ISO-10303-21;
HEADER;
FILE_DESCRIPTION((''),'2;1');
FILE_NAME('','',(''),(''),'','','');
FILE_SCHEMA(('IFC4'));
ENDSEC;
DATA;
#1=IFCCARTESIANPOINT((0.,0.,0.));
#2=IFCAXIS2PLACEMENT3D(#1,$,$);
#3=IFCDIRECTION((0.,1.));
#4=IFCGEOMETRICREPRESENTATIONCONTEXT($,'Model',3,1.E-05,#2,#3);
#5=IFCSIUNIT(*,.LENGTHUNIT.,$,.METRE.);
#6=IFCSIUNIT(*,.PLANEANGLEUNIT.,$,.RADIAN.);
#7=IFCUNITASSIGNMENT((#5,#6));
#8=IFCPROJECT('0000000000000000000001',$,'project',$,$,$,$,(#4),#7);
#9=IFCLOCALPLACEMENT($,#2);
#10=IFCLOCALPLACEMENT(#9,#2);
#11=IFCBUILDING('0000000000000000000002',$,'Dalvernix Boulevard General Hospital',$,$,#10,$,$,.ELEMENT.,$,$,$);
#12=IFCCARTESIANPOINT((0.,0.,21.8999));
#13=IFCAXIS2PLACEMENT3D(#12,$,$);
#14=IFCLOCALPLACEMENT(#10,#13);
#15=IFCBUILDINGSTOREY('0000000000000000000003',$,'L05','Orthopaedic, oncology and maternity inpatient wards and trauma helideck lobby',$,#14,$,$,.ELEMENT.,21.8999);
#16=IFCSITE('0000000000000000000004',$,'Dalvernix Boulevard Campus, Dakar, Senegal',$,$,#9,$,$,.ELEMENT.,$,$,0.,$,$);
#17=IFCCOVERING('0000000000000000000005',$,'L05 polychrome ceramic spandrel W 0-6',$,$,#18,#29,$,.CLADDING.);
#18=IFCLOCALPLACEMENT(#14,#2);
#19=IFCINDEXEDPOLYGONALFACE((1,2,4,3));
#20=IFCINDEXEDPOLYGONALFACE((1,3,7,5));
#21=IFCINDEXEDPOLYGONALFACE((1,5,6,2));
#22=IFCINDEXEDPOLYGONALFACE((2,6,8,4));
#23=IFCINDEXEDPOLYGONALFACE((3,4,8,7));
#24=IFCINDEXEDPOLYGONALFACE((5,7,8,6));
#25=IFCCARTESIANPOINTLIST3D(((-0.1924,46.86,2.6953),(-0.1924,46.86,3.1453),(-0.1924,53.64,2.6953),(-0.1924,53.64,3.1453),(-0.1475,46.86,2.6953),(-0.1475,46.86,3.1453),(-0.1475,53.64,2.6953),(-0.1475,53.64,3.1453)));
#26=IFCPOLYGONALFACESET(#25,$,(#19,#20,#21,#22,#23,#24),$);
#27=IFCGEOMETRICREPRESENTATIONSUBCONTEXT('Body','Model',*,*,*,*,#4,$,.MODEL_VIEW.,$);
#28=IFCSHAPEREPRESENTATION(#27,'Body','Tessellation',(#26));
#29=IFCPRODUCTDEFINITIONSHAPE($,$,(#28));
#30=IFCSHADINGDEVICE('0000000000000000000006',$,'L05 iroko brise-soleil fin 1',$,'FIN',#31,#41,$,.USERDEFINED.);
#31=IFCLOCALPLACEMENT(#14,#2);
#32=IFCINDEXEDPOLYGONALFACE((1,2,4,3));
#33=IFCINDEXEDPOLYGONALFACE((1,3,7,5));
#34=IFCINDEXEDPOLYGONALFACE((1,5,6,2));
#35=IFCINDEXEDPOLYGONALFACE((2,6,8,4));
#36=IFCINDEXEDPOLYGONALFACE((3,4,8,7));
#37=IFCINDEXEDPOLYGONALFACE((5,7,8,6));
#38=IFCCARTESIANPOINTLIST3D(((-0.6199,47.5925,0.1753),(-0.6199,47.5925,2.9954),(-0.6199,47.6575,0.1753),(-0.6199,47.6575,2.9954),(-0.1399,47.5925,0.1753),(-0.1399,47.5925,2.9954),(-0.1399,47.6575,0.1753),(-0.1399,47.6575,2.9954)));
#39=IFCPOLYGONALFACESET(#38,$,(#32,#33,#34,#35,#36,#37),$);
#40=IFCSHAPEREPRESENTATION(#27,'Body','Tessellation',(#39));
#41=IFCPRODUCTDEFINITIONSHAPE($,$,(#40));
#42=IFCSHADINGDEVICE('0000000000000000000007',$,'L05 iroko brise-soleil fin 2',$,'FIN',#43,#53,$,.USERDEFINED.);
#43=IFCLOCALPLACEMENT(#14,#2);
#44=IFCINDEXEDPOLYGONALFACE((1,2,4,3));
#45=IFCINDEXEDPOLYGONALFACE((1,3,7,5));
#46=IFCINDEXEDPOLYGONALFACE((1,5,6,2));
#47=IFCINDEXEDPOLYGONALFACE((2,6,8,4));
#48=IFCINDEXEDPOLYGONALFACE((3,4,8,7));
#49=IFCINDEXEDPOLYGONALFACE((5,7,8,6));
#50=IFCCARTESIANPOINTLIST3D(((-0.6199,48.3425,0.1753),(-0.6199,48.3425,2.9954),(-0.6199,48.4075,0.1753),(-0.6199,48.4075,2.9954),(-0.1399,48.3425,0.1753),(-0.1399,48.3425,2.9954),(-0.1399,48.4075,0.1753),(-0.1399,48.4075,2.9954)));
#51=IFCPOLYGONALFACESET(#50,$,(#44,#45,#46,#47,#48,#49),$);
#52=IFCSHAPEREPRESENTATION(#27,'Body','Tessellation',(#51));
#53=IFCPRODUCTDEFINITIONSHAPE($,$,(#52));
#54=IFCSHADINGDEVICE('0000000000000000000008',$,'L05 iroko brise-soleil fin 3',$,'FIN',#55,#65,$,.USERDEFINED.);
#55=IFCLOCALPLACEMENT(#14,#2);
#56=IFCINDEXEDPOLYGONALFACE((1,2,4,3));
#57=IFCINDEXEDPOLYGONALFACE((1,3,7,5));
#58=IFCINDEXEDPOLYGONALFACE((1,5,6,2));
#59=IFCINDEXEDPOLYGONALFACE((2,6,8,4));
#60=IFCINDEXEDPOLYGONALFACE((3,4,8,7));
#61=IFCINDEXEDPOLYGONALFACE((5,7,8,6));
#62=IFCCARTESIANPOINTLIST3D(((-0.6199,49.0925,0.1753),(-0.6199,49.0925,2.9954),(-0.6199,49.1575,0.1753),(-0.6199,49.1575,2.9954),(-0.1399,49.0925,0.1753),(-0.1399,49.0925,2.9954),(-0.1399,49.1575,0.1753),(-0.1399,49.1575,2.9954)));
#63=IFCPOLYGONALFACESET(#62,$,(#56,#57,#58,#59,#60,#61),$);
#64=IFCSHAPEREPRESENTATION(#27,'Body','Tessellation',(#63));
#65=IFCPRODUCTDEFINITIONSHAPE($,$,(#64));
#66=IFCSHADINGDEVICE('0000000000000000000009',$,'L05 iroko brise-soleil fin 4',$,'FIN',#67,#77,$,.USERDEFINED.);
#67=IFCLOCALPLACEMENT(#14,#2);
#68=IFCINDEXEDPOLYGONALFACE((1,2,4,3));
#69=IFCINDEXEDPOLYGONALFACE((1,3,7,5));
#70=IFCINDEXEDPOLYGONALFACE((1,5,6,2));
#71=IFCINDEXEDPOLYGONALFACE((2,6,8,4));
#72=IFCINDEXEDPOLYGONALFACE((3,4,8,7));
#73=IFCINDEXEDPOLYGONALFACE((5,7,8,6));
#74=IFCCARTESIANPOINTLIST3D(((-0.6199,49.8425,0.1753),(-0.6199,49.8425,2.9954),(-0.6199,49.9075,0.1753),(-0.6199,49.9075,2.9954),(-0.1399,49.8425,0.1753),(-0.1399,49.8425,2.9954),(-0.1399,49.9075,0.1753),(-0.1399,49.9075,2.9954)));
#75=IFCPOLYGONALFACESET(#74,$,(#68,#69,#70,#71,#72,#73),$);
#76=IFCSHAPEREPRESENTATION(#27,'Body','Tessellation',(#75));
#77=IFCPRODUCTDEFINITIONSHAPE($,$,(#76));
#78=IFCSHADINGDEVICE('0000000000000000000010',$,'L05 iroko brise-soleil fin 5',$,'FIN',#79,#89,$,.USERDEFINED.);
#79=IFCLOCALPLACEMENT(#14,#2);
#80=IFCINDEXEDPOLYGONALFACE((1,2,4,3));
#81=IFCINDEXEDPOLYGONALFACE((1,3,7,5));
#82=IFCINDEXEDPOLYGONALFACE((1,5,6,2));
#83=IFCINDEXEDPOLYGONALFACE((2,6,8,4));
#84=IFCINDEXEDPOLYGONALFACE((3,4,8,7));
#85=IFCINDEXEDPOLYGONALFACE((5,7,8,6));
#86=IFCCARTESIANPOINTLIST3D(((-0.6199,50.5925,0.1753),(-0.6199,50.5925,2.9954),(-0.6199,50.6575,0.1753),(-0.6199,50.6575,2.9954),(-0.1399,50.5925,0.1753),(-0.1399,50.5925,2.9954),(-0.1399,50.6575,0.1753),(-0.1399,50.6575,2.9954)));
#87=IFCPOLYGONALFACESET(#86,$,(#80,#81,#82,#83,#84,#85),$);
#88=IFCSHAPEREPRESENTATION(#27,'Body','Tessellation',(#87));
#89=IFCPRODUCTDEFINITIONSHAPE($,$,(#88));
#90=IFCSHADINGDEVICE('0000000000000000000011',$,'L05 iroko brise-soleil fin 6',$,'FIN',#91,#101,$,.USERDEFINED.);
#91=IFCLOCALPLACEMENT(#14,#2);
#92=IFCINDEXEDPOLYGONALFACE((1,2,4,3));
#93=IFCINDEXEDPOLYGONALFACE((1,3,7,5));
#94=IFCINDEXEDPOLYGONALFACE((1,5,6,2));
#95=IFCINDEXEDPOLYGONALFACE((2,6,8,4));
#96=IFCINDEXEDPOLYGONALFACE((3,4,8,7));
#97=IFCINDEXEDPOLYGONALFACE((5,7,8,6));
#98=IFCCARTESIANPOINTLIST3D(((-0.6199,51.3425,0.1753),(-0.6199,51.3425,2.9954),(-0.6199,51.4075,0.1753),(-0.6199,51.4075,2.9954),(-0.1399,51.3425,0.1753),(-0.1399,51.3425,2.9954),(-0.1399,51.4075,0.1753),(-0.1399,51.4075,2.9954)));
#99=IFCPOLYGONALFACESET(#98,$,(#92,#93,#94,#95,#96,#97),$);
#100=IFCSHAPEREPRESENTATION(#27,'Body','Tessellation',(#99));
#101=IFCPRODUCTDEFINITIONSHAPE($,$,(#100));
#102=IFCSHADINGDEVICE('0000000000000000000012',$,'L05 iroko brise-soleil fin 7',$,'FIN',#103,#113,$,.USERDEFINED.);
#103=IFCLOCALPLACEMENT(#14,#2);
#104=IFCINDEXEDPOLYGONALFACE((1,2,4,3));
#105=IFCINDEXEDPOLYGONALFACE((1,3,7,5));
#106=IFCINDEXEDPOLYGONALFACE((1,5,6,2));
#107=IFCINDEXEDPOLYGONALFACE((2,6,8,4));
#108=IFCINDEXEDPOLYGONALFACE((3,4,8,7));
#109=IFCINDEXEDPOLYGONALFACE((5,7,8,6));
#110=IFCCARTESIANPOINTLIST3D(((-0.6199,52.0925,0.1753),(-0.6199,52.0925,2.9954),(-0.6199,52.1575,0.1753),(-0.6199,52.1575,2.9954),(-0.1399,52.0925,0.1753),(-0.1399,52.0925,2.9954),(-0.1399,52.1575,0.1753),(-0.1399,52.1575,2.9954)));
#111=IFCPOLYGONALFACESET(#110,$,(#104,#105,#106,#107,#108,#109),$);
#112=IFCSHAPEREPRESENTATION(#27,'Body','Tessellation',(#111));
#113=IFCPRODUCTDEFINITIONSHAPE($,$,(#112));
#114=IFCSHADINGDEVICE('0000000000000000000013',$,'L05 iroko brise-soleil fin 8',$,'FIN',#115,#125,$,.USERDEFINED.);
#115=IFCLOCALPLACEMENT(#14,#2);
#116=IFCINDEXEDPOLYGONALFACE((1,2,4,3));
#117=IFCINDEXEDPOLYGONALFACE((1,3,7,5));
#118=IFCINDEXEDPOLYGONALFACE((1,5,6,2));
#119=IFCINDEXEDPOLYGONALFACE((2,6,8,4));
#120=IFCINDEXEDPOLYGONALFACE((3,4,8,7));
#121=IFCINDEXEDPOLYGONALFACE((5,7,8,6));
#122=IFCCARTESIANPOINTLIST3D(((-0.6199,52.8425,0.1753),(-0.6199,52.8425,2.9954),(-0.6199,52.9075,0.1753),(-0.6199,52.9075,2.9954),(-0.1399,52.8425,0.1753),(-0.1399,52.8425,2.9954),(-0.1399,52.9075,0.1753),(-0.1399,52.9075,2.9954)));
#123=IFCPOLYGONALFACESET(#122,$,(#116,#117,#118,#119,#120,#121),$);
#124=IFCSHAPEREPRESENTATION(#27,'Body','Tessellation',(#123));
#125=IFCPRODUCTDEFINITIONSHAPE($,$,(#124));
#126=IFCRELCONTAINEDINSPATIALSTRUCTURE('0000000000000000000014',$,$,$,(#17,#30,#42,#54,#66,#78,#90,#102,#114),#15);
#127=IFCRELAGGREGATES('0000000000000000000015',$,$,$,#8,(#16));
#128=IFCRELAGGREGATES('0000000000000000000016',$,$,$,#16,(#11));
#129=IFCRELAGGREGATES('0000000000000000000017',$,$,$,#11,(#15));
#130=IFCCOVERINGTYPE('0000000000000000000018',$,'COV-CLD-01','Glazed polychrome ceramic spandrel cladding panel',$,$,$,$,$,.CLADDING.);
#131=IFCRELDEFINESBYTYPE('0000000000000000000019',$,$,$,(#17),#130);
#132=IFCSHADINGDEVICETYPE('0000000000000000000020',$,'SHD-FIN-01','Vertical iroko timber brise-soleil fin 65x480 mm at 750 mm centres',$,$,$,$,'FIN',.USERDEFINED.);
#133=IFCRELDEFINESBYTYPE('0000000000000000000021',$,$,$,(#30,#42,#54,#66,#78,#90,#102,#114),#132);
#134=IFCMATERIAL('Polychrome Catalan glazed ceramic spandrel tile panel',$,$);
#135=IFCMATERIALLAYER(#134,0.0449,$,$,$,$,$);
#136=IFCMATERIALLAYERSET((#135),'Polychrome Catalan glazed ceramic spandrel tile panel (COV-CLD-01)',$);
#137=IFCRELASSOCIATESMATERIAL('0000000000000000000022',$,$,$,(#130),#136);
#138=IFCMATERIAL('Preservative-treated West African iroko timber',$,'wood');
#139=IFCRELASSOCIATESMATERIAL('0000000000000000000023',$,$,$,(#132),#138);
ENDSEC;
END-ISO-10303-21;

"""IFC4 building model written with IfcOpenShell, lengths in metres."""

from ifc_helpers import new_model, si_unit, direction, frame, origin, origin_2d, place, context, subcontext, project, spatial, rectangle, extrude, material, layer, layer_set, type_object, element, save


model = new_model("IFC4")

# Units and contexts
model_context = context("Model", 3, precision=1e-05, world=origin(), true_north=direction((0.0, 1.0)))
body_context = subcontext(model_context, "Body", "Model", "MODEL_VIEW")
ifc_project = project(units=[si_unit("LENGTHUNIT", "METRE"), si_unit("PLANEANGLEUNIT", "RADIAN")], contexts=[model_context])

# Site, building, storey
site_placement = place(None, origin())
site = spatial("IfcSite", under=ifc_project, at=site_placement, Name="Dalvernix Boulevard Campus, Dakar, Senegal", CompositionType="ELEMENT", RefElevation=0.0)
building_placement = place(site_placement, origin())
building = spatial("IfcBuilding", under=site, at=building_placement, Name="Dalvernix Boulevard General Hospital", CompositionType="ELEMENT")
storey_placement = place(building_placement, frame((0.0, 0.0, 21.8999)))
storey = spatial("IfcBuildingStorey", under=building, at=storey_placement, Name="L05", Description="Orthopaedic, oncology and maternity inpatient wards and trauma helideck lobby", CompositionType="ELEMENT", Elevation=21.8999)

# Covering
ifc_material_1 = material(Name="Polychrome Catalan glazed ceramic spandrel tile panel")
ifc_layer_1 = layer(ifc_material_1, 0.0449)
ifc_layer_set_1 = layer_set([ifc_layer_1], Name="Polychrome Catalan glazed ceramic spandrel tile panel (COV-CLD-01)")
covering_type_1 = type_object("IfcCoveringType", Name="COV-CLD-01", Description="Glazed polychrome ceramic spandrel cladding panel", PredefinedType="CLADDING", material=ifc_layer_set_1)
covering_1_placement = place(storey_placement, frame((-0.1699, 50.25, 2.6953), z_axis=(0.0, 0.0, 1.0), x_axis=(0.0, 1.0, 0.0)))
element("IfcCovering", 1, at=covering_1_placement, inside=storey, type_object=covering_type_1, Name="L05 polychrome ceramic spandrel W 0-6", PredefinedType="CLADDING", context=body_context, shape_type="SweptSolid", body=[
    extrude(rectangle(XDim=6.78, YDim=0.0449, at=origin_2d()), origin(), (0.0, 0.0, 1.0), 0.45),
])

# Shading devices
ifc_material_2 = material(Name="Preservative-treated West African iroko timber", Category="wood")
shading_device_type = type_object("IfcShadingDeviceType", Name="SHD-FIN-01", Description="Vertical iroko timber brise-soleil fin 65x480 mm at 750 mm centres", ElementType="FIN", PredefinedType="USERDEFINED", material=ifc_material_2)
for number, where, z_axis, x_axis, name in (
    (2, (-0.3799, 47.625, 0.1753), (0.0, 0.0, 1.0), (0.0, 1.0, 0.0), "L05 iroko brise-soleil fin 1"),
    (3, (-0.3799, 48.375, 0.1753), (0.0, 0.0, 1.0), (0.0, 1.0, 0.0), "L05 iroko brise-soleil fin 2"),
    (4, (-0.3799, 49.125, 0.1753), (0.0, 0.0, 1.0), (0.0, 1.0, 0.0), "L05 iroko brise-soleil fin 3"),
    (5, (-0.3799, 49.875, 0.1753), (0.0, 0.0, 1.0), (0.0, 1.0, 0.0), "L05 iroko brise-soleil fin 4"),
    (6, (-0.3799, 50.625, 0.1753), (0.0, 0.0, 1.0), (0.0, 1.0, 0.0), "L05 iroko brise-soleil fin 5"),
    (7, (-0.3799, 51.375, 0.1753), (0.0, 0.0, 1.0), (0.0, 1.0, 0.0), "L05 iroko brise-soleil fin 6"),
    (8, (-0.3799, 52.125, 0.1753), (0.0, 0.0, 1.0), (0.0, 1.0, 0.0), "L05 iroko brise-soleil fin 7"),
    (9, (-0.3799, 52.875, 0.1753), (0.0, 0.0, 1.0), (0.0, 1.0, 0.0), "L05 iroko brise-soleil fin 8"),
):
    element("IfcShadingDevice", number, at=place(storey_placement, frame(where, z_axis=z_axis, x_axis=x_axis)), inside=storey, type_object=shading_device_type, Name=name, ObjectType="FIN", PredefinedType="USERDEFINED", context=body_context, shape_type="SweptSolid", body=[
        extrude(rectangle(XDim=0.0649, YDim=0.48, at=origin_2d()), origin(), (0.0, 0.0, 1.0), 2.8201),
    ])

save(model, "model.ifc")
